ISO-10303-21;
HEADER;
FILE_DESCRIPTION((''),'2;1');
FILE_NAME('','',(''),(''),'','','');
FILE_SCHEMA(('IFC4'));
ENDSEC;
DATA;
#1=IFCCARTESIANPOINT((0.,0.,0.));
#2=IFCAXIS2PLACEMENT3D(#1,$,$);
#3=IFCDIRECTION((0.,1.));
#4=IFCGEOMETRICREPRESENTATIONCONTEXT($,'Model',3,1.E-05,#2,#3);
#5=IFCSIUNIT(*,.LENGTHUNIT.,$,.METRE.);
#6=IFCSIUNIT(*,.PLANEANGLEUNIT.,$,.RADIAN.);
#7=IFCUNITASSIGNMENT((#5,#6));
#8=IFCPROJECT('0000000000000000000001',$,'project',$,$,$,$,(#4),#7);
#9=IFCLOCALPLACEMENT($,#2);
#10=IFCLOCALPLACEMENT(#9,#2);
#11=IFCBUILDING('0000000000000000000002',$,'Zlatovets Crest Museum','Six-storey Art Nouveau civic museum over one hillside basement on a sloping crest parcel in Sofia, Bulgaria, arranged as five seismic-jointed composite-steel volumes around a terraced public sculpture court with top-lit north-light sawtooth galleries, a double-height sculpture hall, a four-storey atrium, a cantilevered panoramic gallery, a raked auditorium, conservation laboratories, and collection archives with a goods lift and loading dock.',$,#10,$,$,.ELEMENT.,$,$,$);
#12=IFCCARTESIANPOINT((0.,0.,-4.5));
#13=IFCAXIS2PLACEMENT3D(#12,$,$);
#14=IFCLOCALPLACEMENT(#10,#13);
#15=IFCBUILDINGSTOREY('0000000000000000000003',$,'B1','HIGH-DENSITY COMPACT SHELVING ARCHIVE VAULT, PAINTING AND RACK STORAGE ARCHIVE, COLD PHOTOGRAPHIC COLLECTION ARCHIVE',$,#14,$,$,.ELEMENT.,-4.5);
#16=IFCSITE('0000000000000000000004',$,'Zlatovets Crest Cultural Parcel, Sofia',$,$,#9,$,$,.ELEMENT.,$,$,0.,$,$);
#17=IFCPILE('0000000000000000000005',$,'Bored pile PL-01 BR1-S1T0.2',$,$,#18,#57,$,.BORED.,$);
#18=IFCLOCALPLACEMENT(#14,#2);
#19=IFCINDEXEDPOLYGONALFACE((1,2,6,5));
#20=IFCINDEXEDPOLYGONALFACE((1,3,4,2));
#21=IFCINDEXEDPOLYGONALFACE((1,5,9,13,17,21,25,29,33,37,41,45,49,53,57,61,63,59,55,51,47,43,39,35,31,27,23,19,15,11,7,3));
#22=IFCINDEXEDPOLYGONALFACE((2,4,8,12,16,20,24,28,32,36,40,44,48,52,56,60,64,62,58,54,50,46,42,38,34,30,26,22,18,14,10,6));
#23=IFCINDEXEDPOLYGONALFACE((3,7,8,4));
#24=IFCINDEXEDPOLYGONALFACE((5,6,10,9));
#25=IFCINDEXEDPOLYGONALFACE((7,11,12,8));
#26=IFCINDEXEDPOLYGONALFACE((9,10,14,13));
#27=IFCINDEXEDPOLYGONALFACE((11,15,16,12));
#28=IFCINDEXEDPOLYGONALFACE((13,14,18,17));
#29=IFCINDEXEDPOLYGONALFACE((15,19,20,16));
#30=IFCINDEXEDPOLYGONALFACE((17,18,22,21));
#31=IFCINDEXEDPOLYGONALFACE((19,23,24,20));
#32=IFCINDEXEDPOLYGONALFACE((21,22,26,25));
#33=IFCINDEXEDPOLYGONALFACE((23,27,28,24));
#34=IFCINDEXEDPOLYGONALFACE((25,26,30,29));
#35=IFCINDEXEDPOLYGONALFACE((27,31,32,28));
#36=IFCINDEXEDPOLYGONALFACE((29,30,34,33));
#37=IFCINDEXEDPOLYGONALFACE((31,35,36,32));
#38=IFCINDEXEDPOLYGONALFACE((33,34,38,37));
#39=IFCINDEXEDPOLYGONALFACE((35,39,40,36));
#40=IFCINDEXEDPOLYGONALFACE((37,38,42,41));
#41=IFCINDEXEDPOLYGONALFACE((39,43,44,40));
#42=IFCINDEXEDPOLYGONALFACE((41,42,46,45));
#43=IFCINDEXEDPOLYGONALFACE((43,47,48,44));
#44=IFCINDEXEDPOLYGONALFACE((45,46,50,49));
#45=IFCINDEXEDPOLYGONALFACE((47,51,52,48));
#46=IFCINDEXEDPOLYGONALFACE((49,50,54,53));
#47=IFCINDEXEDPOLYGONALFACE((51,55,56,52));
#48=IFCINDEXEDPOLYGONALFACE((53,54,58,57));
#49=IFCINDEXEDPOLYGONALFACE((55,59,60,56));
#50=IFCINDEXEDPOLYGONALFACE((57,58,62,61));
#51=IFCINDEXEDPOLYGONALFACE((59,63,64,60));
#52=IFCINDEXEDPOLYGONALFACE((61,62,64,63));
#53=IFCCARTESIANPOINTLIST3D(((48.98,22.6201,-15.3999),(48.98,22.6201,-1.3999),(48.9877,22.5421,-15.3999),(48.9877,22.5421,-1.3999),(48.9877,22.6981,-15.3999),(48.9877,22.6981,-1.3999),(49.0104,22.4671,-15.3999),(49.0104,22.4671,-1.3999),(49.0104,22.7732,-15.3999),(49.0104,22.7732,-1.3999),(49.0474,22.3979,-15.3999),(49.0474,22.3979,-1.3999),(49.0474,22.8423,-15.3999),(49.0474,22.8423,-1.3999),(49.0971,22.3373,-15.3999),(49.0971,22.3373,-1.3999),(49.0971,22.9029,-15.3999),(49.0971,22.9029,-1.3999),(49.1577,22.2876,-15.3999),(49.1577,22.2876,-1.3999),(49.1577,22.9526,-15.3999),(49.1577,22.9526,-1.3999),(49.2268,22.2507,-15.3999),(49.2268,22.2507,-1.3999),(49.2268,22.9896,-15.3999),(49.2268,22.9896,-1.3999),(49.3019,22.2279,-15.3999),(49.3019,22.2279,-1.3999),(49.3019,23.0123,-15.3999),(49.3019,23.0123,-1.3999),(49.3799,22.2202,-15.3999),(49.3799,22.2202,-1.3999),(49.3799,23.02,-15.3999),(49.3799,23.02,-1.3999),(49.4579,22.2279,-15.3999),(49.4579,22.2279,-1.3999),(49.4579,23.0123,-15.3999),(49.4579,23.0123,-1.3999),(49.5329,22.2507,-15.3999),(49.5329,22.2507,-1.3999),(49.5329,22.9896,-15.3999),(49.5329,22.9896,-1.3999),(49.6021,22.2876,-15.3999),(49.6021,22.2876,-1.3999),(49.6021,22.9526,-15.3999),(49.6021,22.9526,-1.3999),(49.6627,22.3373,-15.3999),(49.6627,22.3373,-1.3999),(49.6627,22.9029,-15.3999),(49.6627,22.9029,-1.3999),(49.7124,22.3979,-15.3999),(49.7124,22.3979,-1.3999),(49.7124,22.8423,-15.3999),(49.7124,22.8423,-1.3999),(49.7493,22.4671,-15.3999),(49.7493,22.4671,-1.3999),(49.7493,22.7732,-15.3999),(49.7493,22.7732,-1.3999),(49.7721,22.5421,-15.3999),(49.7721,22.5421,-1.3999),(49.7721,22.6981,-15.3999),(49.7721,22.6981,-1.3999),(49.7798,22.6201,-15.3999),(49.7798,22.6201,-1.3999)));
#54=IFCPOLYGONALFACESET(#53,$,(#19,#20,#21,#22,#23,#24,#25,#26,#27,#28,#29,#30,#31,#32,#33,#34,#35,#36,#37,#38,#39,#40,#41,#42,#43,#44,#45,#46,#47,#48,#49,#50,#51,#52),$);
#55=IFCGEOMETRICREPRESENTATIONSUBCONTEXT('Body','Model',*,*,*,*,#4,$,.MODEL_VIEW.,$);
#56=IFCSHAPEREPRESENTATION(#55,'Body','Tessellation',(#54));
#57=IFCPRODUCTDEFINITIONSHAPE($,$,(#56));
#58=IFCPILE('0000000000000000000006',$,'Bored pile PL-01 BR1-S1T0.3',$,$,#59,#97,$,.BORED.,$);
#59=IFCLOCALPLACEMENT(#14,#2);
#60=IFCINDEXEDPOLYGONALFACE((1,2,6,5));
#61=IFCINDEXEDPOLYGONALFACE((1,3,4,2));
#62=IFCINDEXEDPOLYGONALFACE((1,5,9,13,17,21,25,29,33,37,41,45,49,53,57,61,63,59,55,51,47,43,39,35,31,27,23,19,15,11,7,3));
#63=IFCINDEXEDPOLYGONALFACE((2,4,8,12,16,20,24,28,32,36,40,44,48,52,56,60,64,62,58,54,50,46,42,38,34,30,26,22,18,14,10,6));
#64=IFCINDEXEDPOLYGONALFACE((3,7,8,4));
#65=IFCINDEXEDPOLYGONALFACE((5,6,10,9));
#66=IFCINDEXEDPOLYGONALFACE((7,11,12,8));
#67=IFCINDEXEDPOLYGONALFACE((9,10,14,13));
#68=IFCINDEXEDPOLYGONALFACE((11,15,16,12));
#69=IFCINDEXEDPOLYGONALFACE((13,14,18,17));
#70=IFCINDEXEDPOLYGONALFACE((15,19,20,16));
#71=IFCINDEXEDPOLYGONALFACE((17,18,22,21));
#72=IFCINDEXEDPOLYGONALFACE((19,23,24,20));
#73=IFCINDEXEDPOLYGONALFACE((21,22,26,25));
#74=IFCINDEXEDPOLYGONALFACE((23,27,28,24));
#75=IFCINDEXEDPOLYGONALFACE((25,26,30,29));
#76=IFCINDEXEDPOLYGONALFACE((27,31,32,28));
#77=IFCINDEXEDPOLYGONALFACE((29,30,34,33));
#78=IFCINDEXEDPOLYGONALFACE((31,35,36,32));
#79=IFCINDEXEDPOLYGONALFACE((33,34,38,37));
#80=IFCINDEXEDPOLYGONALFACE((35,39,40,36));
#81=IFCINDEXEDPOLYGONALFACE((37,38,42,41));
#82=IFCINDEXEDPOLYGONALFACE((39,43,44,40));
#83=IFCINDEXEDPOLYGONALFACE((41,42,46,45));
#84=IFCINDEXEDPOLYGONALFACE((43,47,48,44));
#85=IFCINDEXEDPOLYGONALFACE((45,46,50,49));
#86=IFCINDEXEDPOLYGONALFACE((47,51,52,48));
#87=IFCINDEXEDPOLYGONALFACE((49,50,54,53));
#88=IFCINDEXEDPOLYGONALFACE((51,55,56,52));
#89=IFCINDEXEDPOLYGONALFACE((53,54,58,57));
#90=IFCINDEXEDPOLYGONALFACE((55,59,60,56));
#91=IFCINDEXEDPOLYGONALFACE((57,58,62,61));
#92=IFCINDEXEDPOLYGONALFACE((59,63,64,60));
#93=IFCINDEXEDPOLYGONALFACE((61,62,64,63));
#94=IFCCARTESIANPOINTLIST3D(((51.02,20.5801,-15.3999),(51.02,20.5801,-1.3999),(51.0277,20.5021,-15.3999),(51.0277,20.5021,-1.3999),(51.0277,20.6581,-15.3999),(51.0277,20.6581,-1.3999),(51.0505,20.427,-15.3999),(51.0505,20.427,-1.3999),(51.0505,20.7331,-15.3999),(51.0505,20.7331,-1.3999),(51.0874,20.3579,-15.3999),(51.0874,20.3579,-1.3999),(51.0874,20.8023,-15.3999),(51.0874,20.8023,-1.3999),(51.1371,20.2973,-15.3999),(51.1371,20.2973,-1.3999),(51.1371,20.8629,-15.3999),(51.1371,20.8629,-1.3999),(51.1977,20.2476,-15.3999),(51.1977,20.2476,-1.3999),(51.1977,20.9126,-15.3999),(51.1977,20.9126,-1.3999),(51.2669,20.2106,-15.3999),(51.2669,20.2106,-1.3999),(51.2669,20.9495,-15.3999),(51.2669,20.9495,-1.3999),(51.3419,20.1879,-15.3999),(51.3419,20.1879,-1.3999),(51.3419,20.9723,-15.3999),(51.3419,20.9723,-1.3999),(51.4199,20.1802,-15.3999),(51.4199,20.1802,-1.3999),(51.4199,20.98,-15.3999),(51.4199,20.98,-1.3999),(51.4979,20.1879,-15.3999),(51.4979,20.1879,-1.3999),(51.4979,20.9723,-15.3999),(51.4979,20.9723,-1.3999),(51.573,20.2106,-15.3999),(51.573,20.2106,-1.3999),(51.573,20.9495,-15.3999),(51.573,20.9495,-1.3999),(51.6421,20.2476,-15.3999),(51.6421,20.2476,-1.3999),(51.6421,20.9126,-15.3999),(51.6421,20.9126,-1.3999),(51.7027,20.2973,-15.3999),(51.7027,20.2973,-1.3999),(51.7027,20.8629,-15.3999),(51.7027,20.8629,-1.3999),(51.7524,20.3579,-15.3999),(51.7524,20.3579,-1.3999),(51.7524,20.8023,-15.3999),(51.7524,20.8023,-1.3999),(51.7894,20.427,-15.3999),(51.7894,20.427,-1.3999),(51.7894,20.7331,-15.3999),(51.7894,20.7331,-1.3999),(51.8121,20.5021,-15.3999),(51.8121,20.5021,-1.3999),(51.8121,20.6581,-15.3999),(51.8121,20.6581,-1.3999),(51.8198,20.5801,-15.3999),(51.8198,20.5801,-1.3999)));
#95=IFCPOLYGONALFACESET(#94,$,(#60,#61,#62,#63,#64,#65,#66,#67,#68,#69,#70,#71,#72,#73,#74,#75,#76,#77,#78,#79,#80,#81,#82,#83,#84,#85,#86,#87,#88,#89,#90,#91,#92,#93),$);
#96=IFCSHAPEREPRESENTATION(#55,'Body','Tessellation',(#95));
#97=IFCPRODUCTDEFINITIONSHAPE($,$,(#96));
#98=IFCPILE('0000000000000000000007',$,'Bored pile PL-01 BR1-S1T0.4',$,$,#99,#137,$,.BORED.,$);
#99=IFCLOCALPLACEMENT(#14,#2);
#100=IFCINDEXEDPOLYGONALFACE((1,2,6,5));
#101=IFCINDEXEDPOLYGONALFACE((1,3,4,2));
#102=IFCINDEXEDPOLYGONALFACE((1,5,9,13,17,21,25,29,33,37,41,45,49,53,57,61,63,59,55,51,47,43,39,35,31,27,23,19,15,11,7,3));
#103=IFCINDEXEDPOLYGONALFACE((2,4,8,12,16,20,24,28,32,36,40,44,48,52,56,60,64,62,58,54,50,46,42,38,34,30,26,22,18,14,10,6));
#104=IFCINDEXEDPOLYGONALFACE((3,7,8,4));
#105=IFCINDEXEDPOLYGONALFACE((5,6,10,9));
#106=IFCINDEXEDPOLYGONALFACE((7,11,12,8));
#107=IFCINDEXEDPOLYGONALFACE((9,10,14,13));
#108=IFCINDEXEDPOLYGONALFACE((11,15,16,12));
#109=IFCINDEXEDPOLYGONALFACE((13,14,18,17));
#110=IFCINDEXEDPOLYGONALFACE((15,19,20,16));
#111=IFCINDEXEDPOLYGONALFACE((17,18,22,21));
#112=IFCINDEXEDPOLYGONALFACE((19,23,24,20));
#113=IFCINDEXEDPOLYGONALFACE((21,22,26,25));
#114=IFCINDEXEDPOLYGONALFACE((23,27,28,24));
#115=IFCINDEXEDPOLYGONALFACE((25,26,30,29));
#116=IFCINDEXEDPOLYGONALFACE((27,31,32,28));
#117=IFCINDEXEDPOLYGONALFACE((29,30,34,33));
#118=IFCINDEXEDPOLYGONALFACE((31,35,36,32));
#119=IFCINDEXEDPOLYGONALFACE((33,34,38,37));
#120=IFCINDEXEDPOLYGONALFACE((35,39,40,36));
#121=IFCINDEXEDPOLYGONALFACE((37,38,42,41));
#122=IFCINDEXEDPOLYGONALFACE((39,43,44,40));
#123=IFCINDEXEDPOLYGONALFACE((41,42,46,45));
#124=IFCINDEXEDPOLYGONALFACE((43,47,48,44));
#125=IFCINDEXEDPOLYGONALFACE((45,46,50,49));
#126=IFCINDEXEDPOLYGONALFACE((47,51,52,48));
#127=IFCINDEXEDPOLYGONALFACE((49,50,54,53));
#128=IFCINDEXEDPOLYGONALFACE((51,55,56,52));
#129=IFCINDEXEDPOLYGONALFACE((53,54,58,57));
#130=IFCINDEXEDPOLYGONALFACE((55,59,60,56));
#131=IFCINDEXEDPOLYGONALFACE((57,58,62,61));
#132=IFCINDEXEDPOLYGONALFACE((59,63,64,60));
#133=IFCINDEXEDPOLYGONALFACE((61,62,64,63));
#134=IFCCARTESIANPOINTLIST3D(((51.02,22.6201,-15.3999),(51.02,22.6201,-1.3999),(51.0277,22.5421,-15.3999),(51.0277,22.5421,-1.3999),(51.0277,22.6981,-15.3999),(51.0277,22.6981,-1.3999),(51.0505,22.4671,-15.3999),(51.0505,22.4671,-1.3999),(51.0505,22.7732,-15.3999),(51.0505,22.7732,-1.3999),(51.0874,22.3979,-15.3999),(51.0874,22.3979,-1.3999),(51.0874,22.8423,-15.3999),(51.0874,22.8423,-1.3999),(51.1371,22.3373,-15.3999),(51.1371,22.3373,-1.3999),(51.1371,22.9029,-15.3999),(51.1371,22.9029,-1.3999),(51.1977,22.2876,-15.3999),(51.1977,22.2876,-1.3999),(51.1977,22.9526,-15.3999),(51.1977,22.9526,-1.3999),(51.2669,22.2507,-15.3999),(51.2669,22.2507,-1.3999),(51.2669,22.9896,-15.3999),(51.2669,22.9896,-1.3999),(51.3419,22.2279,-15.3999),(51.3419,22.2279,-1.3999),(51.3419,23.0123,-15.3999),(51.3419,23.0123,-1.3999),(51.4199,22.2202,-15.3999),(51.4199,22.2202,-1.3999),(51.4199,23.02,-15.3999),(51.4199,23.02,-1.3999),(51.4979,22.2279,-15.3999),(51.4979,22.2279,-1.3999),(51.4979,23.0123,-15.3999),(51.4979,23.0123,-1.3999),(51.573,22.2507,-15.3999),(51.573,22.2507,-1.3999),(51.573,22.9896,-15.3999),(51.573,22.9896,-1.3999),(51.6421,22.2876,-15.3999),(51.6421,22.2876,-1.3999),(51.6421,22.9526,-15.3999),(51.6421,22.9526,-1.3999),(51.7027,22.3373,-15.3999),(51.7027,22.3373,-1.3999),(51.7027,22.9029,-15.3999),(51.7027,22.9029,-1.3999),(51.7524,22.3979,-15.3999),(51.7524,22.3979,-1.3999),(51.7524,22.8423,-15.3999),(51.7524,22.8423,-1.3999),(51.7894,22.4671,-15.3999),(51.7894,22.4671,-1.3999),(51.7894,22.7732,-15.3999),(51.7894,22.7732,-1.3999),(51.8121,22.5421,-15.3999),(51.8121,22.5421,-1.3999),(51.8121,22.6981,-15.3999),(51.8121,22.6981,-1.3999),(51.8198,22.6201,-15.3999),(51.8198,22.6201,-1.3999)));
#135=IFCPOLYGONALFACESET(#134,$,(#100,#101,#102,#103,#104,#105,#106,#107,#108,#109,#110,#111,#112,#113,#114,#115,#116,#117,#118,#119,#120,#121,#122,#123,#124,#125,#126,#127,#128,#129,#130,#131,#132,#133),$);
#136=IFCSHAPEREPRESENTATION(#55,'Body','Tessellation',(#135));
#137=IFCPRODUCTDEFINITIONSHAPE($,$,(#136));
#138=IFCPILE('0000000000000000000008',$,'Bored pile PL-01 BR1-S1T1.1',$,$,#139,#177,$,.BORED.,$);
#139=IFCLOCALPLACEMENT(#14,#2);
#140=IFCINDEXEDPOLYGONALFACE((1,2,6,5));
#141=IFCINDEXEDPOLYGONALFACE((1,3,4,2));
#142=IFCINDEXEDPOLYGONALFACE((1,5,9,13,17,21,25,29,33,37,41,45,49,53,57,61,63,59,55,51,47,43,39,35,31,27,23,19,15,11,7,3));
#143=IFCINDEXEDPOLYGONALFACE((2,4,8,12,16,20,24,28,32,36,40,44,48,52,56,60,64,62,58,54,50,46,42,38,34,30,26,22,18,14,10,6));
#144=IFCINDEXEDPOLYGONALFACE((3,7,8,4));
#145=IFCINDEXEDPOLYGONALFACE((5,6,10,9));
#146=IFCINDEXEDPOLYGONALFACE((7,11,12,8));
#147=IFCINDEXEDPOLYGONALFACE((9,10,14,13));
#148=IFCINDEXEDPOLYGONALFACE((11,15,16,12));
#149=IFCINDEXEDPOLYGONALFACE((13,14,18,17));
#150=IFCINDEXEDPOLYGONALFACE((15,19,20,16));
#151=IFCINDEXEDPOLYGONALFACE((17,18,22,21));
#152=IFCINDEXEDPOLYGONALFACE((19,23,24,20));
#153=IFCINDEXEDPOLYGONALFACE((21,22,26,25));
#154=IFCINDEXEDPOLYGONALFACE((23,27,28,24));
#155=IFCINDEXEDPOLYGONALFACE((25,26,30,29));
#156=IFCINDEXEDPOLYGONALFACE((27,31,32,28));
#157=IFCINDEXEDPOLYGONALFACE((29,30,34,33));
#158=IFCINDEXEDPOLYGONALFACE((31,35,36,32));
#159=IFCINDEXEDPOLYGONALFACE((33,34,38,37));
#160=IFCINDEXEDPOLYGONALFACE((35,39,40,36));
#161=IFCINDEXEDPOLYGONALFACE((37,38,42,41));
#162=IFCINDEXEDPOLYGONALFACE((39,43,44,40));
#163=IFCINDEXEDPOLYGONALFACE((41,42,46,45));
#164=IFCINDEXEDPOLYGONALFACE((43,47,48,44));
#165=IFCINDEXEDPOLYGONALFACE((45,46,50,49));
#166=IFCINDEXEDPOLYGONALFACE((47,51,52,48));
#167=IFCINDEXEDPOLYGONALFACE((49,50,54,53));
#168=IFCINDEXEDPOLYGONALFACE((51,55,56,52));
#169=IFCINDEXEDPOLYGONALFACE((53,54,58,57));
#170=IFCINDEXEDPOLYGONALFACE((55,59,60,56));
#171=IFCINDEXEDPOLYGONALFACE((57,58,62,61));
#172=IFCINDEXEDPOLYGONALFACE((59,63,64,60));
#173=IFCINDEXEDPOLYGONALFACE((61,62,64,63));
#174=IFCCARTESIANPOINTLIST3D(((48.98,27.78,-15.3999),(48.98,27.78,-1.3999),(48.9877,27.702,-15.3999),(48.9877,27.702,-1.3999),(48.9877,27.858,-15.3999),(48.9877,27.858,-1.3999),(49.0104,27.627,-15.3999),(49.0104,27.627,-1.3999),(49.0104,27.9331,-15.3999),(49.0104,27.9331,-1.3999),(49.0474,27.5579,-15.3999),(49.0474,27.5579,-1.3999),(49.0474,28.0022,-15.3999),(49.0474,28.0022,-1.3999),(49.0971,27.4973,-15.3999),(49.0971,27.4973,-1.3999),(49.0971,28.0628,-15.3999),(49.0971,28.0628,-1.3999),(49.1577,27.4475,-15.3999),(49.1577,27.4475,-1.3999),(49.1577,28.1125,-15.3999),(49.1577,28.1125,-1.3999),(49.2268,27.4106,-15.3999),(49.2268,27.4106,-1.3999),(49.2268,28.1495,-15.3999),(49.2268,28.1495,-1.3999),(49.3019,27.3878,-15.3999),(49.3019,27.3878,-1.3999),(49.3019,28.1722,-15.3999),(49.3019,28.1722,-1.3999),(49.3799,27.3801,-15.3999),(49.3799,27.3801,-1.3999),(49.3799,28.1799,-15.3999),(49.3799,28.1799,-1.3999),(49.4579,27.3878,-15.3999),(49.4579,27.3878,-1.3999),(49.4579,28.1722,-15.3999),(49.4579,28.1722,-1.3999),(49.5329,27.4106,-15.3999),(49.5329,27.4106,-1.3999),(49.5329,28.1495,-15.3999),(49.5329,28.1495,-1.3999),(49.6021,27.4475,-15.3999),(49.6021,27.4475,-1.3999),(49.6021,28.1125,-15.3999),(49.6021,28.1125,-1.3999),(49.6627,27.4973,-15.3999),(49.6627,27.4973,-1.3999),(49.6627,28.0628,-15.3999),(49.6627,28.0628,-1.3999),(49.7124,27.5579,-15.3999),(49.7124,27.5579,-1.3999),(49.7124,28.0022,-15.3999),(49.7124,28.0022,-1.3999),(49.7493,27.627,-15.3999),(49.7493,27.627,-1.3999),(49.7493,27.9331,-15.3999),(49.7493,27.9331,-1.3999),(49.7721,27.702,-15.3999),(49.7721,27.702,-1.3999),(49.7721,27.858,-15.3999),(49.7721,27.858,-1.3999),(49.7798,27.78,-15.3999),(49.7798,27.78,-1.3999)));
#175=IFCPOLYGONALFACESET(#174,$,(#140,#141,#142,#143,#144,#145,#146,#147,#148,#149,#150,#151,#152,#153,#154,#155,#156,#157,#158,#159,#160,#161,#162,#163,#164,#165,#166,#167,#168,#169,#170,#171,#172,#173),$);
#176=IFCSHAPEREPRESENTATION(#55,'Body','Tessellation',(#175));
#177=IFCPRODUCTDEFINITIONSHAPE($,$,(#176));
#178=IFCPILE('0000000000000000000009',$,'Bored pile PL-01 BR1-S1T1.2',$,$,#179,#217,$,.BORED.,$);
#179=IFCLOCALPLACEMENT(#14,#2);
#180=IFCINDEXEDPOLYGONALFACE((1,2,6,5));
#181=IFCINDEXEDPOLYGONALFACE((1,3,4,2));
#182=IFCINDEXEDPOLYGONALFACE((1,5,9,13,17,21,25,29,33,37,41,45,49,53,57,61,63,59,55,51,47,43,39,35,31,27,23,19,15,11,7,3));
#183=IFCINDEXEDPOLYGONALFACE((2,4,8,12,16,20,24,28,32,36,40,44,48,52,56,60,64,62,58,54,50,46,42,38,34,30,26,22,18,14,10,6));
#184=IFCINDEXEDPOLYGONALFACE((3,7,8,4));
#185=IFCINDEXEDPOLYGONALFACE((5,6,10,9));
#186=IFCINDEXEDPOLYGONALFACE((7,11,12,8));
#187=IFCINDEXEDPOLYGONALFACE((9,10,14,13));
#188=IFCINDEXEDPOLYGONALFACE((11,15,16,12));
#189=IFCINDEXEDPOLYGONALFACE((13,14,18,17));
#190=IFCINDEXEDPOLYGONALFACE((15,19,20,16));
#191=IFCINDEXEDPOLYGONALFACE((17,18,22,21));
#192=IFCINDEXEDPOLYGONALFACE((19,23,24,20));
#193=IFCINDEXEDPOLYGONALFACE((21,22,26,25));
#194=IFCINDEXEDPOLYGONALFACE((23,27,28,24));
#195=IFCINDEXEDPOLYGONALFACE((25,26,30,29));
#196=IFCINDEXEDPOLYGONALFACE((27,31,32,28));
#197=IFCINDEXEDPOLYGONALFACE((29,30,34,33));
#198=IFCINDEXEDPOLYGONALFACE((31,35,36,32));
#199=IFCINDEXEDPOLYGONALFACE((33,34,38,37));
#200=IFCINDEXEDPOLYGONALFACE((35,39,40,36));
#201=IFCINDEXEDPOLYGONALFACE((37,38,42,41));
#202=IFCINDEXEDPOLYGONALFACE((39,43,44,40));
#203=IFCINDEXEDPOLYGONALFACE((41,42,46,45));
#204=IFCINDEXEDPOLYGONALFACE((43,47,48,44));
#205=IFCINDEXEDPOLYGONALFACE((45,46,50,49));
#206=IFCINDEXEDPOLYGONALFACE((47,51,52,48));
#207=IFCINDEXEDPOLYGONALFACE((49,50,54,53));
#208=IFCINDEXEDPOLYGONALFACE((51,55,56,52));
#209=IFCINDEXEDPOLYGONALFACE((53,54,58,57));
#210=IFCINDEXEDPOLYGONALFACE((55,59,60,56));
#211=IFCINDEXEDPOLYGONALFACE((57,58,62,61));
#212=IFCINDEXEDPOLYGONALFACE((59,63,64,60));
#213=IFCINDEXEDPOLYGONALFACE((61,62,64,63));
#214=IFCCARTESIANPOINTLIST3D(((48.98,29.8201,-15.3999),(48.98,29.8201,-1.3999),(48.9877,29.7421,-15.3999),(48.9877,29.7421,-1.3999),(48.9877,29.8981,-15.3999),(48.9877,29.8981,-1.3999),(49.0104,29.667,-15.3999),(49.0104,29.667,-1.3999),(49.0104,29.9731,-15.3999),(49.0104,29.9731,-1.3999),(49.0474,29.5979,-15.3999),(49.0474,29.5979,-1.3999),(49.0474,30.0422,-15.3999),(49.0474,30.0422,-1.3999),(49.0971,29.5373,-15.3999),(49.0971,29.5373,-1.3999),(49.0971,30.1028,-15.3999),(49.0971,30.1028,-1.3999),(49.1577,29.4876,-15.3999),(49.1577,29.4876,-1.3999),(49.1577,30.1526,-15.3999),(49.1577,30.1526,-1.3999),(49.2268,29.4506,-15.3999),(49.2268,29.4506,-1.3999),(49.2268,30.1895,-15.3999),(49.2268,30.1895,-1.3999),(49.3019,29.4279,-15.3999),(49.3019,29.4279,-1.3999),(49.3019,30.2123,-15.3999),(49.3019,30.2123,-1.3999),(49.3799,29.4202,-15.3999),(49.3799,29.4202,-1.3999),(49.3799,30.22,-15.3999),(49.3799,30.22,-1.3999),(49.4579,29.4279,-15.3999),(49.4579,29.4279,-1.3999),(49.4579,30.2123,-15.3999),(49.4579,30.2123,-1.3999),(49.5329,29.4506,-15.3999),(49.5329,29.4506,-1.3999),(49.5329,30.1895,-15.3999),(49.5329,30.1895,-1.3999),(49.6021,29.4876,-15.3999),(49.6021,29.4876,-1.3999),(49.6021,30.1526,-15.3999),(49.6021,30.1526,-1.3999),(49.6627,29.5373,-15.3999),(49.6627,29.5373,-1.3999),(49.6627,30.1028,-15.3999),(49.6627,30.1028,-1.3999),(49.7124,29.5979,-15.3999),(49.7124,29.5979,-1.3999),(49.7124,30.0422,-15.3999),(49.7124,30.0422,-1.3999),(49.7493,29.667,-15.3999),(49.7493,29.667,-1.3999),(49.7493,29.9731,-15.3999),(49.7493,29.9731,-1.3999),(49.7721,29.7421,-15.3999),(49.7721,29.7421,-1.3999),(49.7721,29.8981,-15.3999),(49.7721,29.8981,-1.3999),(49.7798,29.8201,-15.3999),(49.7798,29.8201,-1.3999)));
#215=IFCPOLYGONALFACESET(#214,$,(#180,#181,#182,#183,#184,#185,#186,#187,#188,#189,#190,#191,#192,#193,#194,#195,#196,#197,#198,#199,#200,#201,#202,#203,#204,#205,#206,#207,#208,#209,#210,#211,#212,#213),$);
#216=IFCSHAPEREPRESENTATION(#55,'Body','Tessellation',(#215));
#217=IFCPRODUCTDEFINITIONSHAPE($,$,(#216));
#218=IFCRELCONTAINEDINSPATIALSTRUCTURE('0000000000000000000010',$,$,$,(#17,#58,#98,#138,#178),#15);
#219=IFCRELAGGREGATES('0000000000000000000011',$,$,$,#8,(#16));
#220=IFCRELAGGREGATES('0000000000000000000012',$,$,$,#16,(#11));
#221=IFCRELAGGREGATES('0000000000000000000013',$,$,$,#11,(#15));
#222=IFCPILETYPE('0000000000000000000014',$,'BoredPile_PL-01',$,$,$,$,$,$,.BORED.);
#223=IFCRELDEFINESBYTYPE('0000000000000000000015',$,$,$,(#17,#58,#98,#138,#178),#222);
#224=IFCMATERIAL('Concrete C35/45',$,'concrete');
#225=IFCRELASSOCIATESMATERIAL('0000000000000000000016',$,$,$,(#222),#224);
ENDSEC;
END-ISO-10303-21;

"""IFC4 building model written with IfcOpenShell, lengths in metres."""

from ifc_helpers import new_model, si_unit, direction, frame, origin, origin_2d, place, context, subcontext, project, spatial, circle, extrude, material, material_profile, profile_set, type_object, element, save


model = new_model("IFC4")

# Units and contexts
model_context = context("Model", 3, precision=1e-05, world=origin(), true_north=direction((0.0, 1.0)))
body_context = subcontext(model_context, "Body", "Model", "MODEL_VIEW")
ifc_project = project(units=[si_unit("LENGTHUNIT", "METRE"), si_unit("PLANEANGLEUNIT", "RADIAN")], contexts=[model_context])

# Site, building, storey
site_placement = place(None, origin())
site = spatial("IfcSite", under=ifc_project, at=site_placement, Name="Zlatovets Crest Cultural Parcel, Sofia", CompositionType="ELEMENT", RefElevation=0.0)
building_placement = place(site_placement, origin())
building = spatial("IfcBuilding", under=site, at=building_placement, Name="Zlatovets Crest Museum", Description="Six-storey Art Nouveau civic museum over one hillside basement on a sloping crest parcel in Sofia, Bulgaria, arranged as five seismic-jointed composite-steel volumes around a terraced public sculpture court with top-lit north-light sawtooth galleries, a double-height sculpture hall, a four-storey atrium, a cantilevered panoramic gallery, a raked auditorium, conservation laboratories, and collection archives with a goods lift and loading dock.", CompositionType="ELEMENT")
storey_placement = place(building_placement, frame((0.0, 0.0, -4.5)))
storey = spatial("IfcBuildingStorey", under=building, at=storey_placement, Name="B1", Description="HIGH-DENSITY COMPACT SHELVING ARCHIVE VAULT, PAINTING AND RACK STORAGE ARCHIVE, COLD PHOTOGRAPHIC COLLECTION ARCHIVE", CompositionType="ELEMENT", Elevation=-4.5)

# Piles
ifc_material_1 = material(Name="Concrete C35/45", Category="concrete")
ifc_material_profile_1 = material_profile(ifc_material_1, circle(Radius=0.3999, at=origin_2d()), Name="PILE D800")
ifc_profile_set_1 = profile_set([ifc_material_profile_1], Name="Concrete C35/45")
pile_type_1 = type_object("IfcPileType", Name="BoredPile_PL-01", PredefinedType="BORED", material=ifc_profile_set_1)
for number, where, z_axis, x_axis, name in (
    (1, (49.3799, 22.6201, -1.3999), (0.0, 0.0, -1.0), (1.0, 0.0, 0.0), "Bored pile PL-01 BR1-S1T0.2"),
    (2, (51.4199, 20.5801, -1.3999), (0.0, 0.0, -1.0), (1.0, 0.0, 0.0), "Bored pile PL-01 BR1-S1T0.3"),
    (3, (51.4199, 22.6201, -1.3999), (0.0, 0.0, -1.0), (1.0, 0.0, 0.0), "Bored pile PL-01 BR1-S1T0.4"),
    (4, (49.3799, 27.78, -1.3999), (0.0, 0.0, -1.0), (1.0, 0.0, 0.0), "Bored pile PL-01 BR1-S1T1.1"),
    (5, (49.3799, 29.8201, -1.3999), (0.0, 0.0, -1.0), (1.0, 0.0, 0.0), "Bored pile PL-01 BR1-S1T1.2"),
):
    element("IfcPile", number, at=place(storey_placement, frame(where, z_axis=z_axis, x_axis=x_axis)), inside=storey, type_object=pile_type_1, Name=name, PredefinedType="BORED", context=body_context, shape_type="SweptSolid", body=[
        extrude(circle(Radius=0.3999, at=origin_2d()), origin(), (0.0, 0.0, 1.0), 14.0),
    ])

save(model, "model.ifc")
